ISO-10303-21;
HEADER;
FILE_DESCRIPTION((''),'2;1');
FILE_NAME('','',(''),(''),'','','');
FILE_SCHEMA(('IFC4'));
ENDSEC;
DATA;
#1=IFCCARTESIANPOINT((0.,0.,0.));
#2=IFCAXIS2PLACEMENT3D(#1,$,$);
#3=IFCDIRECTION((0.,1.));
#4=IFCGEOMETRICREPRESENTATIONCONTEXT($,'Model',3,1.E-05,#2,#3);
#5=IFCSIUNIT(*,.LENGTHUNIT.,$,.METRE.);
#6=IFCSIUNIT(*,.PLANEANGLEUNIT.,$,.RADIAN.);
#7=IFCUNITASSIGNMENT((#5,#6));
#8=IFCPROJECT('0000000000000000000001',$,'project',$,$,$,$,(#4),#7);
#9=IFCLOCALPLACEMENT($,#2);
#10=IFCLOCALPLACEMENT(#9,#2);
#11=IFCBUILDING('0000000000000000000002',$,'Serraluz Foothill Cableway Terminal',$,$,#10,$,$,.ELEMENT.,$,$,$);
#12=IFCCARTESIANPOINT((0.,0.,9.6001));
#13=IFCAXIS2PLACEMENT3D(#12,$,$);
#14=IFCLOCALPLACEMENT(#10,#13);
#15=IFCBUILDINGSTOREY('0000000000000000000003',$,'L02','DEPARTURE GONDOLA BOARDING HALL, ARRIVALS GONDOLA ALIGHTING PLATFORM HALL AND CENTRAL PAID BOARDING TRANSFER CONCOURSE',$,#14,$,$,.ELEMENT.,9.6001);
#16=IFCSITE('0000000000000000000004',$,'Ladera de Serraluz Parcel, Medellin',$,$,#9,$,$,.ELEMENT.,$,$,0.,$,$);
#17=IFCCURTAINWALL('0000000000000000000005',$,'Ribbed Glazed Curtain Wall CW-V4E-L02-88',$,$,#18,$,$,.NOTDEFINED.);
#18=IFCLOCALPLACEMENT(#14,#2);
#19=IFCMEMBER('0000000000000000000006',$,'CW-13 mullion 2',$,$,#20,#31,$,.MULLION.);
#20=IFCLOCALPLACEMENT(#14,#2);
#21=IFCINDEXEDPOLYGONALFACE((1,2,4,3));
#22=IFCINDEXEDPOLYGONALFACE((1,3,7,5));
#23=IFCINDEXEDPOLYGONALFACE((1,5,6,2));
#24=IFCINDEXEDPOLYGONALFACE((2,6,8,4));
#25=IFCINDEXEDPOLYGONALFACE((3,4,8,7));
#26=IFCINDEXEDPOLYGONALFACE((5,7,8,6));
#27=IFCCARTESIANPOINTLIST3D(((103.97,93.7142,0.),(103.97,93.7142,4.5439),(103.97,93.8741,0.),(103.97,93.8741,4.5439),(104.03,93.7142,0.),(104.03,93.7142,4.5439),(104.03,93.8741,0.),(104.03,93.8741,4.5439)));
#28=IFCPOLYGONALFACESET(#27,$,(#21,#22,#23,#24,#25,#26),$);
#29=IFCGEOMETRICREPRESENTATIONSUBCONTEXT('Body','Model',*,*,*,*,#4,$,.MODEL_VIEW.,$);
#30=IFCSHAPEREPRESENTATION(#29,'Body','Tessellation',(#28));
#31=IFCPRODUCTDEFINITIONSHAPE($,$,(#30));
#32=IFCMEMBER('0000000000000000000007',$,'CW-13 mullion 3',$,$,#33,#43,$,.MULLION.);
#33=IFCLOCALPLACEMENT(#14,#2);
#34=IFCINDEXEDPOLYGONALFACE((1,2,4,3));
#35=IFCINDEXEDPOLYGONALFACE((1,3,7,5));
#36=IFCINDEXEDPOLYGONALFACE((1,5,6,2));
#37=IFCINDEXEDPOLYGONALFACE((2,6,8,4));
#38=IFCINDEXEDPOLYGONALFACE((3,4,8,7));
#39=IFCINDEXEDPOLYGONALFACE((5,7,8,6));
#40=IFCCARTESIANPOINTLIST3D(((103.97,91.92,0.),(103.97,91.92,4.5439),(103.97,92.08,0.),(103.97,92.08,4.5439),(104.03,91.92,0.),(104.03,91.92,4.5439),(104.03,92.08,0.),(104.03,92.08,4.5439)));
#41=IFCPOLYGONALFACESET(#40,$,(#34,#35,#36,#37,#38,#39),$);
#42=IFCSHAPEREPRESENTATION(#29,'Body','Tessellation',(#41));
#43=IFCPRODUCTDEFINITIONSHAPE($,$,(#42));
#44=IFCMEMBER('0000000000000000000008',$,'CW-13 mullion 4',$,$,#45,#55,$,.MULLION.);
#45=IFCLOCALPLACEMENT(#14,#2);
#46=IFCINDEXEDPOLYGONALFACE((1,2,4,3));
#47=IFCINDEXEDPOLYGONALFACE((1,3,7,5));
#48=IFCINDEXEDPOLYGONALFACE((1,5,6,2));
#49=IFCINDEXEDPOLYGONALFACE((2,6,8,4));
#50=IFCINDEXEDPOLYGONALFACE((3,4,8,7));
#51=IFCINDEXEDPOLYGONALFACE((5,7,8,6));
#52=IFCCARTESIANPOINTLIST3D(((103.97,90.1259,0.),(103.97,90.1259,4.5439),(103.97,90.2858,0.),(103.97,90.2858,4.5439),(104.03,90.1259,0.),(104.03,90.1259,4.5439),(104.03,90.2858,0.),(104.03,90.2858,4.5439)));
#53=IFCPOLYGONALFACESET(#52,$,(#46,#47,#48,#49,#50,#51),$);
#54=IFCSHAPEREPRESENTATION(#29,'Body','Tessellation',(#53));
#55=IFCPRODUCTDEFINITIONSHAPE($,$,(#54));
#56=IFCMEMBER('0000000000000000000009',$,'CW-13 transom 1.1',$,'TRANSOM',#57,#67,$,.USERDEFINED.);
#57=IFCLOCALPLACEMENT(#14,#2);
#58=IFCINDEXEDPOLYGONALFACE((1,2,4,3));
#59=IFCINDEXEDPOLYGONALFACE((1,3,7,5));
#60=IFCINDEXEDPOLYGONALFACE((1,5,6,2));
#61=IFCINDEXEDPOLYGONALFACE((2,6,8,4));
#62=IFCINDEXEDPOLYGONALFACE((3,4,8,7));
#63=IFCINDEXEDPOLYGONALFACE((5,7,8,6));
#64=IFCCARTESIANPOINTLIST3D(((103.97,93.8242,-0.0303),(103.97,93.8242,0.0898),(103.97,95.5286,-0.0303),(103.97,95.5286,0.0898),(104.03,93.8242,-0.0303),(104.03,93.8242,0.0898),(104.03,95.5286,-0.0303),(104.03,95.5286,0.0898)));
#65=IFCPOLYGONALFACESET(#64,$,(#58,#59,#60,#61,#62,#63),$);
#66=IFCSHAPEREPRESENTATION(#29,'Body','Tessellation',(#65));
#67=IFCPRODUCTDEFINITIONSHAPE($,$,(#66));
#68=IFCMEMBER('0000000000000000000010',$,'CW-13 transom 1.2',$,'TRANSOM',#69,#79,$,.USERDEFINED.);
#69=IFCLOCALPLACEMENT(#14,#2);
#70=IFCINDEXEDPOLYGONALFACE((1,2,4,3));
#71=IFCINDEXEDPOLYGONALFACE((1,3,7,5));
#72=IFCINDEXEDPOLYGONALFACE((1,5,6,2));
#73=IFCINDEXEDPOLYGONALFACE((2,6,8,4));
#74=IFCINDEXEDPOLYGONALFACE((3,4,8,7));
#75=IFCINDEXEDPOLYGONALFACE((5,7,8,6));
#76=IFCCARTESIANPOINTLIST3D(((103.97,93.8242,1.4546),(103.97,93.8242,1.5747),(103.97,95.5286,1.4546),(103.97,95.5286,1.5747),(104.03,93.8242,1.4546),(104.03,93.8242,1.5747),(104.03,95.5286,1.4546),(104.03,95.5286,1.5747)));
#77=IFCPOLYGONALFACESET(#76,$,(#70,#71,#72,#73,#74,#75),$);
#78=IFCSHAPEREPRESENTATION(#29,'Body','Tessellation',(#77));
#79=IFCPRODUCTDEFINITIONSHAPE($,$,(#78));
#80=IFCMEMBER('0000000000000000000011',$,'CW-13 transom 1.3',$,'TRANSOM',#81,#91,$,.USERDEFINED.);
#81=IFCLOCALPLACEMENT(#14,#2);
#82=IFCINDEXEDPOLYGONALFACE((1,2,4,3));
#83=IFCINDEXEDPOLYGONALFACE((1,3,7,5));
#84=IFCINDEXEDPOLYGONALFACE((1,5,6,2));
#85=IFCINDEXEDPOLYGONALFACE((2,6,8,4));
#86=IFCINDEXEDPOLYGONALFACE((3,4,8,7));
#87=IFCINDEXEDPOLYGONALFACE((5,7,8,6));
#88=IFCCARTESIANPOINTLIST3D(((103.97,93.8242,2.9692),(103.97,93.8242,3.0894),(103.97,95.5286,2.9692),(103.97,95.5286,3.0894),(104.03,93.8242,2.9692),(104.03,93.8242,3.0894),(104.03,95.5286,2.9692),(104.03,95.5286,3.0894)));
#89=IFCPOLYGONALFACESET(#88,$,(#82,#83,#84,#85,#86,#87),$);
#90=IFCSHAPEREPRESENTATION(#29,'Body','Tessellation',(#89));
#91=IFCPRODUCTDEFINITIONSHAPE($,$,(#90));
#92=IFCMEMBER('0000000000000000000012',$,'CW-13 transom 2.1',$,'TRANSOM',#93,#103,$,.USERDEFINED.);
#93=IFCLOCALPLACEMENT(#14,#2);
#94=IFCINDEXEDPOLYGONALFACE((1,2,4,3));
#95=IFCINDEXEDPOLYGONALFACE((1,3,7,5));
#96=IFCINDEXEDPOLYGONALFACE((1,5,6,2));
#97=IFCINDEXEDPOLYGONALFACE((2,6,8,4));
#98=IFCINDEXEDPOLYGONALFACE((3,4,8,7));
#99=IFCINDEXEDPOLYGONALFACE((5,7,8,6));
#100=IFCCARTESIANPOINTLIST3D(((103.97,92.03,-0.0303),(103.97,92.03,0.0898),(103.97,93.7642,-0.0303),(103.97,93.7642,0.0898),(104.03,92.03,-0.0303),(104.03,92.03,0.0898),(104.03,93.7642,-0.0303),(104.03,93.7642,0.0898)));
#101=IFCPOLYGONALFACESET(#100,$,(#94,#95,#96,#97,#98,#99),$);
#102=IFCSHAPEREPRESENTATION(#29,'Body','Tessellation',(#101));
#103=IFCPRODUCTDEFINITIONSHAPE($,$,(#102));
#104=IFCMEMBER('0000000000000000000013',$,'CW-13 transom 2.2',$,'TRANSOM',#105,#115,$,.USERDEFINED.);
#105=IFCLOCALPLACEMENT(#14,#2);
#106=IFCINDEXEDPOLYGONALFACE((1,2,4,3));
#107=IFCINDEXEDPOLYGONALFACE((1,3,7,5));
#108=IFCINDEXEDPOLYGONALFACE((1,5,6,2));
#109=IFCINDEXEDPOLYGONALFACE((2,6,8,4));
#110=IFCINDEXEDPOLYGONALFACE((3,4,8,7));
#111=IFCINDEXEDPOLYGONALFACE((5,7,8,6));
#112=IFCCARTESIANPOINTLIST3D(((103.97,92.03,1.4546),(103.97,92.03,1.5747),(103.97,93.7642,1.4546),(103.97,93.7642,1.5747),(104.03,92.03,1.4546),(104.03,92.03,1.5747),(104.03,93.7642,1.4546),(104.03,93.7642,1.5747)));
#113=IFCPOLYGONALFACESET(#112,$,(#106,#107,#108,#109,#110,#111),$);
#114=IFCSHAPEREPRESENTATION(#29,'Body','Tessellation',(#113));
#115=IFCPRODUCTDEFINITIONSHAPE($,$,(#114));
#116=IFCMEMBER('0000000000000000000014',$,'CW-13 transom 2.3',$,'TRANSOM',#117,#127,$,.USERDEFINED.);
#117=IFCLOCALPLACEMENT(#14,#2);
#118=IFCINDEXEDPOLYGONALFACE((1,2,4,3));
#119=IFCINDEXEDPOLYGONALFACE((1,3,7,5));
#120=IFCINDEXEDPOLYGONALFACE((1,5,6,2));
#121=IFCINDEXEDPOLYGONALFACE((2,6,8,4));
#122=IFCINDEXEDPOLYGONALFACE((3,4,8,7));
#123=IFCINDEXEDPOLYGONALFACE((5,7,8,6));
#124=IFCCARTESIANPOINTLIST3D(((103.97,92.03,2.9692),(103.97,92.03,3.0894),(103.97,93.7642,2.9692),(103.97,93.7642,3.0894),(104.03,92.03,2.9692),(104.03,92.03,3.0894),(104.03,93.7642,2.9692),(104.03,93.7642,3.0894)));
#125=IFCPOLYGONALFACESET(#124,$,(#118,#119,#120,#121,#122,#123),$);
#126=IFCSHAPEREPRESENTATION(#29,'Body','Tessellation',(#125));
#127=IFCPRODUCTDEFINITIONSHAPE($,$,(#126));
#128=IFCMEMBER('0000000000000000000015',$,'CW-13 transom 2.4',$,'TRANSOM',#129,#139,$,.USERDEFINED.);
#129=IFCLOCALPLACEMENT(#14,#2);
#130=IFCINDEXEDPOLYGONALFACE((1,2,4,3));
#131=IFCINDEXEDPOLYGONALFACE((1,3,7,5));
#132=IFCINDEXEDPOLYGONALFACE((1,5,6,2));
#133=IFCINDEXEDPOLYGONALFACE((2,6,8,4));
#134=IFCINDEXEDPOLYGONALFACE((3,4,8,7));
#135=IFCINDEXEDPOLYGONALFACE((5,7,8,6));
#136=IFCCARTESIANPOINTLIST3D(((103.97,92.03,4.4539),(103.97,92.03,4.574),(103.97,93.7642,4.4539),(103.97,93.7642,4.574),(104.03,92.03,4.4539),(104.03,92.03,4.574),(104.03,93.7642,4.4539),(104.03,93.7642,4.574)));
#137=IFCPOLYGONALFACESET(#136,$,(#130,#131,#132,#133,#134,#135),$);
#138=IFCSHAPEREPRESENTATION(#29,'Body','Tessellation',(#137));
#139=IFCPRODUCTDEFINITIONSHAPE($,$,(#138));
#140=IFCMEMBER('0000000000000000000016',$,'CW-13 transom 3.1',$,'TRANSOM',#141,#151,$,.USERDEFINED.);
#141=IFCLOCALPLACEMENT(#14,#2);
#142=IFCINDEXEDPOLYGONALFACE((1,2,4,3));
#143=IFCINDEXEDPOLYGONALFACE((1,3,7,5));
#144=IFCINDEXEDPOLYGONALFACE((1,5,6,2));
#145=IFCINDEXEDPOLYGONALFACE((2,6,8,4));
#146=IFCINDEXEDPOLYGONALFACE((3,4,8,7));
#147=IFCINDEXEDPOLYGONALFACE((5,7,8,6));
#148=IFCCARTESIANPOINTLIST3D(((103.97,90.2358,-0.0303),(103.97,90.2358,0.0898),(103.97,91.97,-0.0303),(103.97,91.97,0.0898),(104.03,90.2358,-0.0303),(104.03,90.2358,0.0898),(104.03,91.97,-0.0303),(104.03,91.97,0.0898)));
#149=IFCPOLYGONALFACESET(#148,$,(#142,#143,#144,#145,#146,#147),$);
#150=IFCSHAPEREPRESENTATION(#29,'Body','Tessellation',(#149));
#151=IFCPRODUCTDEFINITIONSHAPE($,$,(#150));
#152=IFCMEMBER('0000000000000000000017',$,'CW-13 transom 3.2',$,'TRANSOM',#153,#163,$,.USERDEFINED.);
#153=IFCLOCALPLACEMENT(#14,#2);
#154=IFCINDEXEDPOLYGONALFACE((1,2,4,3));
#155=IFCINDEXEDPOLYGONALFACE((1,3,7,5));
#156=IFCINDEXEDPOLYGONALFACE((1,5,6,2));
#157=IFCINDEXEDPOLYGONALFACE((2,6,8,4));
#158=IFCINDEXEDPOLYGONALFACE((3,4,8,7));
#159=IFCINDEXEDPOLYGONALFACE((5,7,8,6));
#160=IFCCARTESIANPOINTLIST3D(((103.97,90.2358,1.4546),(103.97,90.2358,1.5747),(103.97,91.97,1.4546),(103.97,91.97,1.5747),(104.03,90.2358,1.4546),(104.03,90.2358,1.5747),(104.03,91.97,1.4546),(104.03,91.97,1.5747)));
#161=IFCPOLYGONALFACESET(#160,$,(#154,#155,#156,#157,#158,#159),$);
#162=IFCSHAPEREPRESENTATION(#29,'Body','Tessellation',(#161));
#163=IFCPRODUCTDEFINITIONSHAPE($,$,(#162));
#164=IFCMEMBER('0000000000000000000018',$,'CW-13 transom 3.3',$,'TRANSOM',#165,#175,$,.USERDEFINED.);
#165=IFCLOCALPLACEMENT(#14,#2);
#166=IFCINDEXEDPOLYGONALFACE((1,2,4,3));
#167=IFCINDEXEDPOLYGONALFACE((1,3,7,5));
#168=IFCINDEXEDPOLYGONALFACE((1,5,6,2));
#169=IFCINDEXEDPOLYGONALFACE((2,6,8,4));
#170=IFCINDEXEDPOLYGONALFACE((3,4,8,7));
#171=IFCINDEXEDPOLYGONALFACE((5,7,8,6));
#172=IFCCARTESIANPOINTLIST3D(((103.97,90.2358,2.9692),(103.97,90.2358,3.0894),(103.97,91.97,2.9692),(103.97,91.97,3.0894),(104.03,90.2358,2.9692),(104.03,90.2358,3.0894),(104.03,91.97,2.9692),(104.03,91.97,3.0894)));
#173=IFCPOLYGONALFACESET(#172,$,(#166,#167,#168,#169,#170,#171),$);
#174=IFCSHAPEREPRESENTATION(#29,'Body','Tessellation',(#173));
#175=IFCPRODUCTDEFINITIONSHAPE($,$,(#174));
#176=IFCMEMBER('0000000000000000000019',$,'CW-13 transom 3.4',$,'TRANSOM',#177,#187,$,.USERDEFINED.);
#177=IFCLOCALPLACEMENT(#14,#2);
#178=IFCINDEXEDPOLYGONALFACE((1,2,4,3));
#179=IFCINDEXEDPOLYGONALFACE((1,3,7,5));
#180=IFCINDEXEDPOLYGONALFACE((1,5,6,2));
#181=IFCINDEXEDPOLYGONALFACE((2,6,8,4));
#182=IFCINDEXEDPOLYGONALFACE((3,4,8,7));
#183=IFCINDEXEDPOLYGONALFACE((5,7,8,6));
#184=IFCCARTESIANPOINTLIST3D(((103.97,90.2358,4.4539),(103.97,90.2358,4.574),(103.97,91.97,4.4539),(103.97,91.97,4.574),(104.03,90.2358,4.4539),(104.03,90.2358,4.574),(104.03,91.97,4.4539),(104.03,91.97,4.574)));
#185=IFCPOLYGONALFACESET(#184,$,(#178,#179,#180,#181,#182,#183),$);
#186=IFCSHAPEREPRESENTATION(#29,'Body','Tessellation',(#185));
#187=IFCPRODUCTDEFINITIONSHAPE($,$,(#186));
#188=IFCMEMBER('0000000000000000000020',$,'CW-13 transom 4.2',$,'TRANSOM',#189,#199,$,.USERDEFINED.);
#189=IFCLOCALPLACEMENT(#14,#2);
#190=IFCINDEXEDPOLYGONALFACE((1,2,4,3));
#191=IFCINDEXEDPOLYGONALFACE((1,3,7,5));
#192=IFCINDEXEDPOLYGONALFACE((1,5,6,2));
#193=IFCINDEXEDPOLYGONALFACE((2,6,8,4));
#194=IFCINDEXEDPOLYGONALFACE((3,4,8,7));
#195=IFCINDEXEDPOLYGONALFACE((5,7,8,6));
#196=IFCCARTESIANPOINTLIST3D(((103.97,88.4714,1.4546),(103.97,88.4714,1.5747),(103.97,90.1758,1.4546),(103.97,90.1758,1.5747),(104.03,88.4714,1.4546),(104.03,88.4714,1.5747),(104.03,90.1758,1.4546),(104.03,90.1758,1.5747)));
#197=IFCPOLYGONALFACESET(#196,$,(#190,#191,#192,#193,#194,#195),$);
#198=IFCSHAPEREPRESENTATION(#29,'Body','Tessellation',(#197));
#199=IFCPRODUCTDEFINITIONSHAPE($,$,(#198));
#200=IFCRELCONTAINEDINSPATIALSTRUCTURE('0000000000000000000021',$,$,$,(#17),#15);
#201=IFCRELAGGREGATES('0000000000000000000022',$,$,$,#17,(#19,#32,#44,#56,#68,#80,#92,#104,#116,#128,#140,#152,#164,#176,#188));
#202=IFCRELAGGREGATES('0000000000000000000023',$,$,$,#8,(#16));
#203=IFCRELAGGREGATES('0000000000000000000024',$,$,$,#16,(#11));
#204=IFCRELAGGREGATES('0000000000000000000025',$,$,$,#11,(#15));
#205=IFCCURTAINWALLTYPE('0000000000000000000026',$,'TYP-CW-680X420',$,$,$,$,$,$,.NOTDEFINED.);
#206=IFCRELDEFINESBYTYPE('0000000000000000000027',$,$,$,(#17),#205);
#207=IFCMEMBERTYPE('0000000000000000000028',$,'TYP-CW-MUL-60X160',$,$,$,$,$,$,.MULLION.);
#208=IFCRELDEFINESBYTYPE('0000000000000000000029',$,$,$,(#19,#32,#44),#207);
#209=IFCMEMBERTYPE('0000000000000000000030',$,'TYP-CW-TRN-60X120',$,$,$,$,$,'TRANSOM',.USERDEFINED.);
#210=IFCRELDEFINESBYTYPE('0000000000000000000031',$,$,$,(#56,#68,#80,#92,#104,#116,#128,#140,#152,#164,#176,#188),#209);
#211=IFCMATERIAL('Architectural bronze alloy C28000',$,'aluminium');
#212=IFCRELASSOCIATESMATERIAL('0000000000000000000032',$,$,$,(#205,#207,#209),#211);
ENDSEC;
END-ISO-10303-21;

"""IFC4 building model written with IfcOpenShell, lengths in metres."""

from ifc_helpers import new_model, si_unit, direction, frame, origin, origin_2d, place, context, subcontext, project, spatial, rectangle, extrude, material, material_profile, profile_set, type_object, element, aggregate, save


model = new_model("IFC4")

# Units and contexts
model_context = context("Model", 3, precision=1e-05, world=origin(), true_north=direction((0.0, 1.0)))
body_context = subcontext(model_context, "Body", "Model", "MODEL_VIEW")
ifc_project = project(units=[si_unit("LENGTHUNIT", "METRE"), si_unit("PLANEANGLEUNIT", "RADIAN")], contexts=[model_context])

# Site, building, storey
site_placement = place(None, origin())
site = spatial("IfcSite", under=ifc_project, at=site_placement, Name="Ladera de Serraluz Parcel, Medellin", CompositionType="ELEMENT", RefElevation=0.0)
building_placement = place(site_placement, origin())
building = spatial("IfcBuilding", under=site, at=building_placement, Name="Serraluz Foothill Cableway Terminal", CompositionType="ELEMENT")
storey_placement = place(building_placement, frame((0.0, 0.0, 9.6001)))
storey = spatial("IfcBuildingStorey", under=building, at=storey_placement, Name="L02", Description="DEPARTURE GONDOLA BOARDING HALL, ARRIVALS GONDOLA ALIGHTING PLATFORM HALL AND CENTRAL PAID BOARDING TRANSFER CONCOURSE", CompositionType="ELEMENT", Elevation=9.6001)

# Curtain wall, members
ifc_material_1 = material(Name="Architectural bronze alloy C28000", Category="aluminium")
curtain_wall_type = type_object("IfcCurtainWallType", Name="TYP-CW-680X420", PredefinedType="NOTDEFINED", material=ifc_material_1)
curtain_wall_placement = place(storey_placement, origin())
curtain_wall = element("IfcCurtainWall", 1, at=curtain_wall_placement, inside=storey, type_object=curtain_wall_type, Name="Ribbed Glazed Curtain Wall CW-V4E-L02-88", PredefinedType="NOTDEFINED")
ifc_material_profile_1 = material_profile(ifc_material_1, rectangle(XDim=0.0601, YDim=0.1599, at=origin_2d()), Name="ALU MULLION 60x160")
ifc_profile_set_1 = profile_set([ifc_material_profile_1], Name="Architectural bronze alloy C28000")
member_type_1 = type_object("IfcMemberType", Name="TYP-CW-MUL-60X160", PredefinedType="MULLION", material=ifc_profile_set_1)
member_1_placement = place(storey_placement, frame((104.0, 93.7942, 0.0), z_axis=(0.0, 0.0, 1.0), x_axis=(1.0, 0.0, 0.0)))
member_1 = element("IfcMember", 2, at=member_1_placement, type_object=member_type_1, Name="CW-13 mullion 2", PredefinedType="MULLION", context=body_context, shape_type="SweptSolid", body=[
    extrude(rectangle(XDim=0.0601, YDim=0.1599, at=origin_2d()), origin(), (0.0, 0.0, 1.0), 4.5439),
])
member_2_placement = place(storey_placement, frame((104.0, 92.0, 0.0), z_axis=(0.0, 0.0, 1.0), x_axis=(1.0, 0.0, 0.0)))
member_2 = element("IfcMember", 3, at=member_2_placement, type_object=member_type_1, Name="CW-13 mullion 3", PredefinedType="MULLION", context=body_context, shape_type="SweptSolid", body=[
    extrude(rectangle(XDim=0.0601, YDim=0.1599, at=origin_2d()), origin(), (0.0, 0.0, 1.0), 4.5439),
])
member_3_placement = place(storey_placement, frame((104.0, 90.2058, 0.0), z_axis=(0.0, 0.0, 1.0), x_axis=(1.0, 0.0, 0.0)))
member_3 = element("IfcMember", 4, at=member_3_placement, type_object=member_type_1, Name="CW-13 mullion 4", PredefinedType="MULLION", context=body_context, shape_type="SweptSolid", body=[
    extrude(rectangle(XDim=0.0601, YDim=0.1599, at=origin_2d()), origin(), (0.0, 0.0, 1.0), 4.5439),
])
ifc_material_profile_2 = material_profile(ifc_material_1, rectangle(XDim=0.0601, YDim=0.1201, at=origin_2d()), Name="ALU TRANSOM 60x120")
ifc_profile_set_2 = profile_set([ifc_material_profile_2], Name="Architectural bronze alloy C28000")
member_type_2 = type_object("IfcMemberType", Name="TYP-CW-TRN-60X120", ElementType="TRANSOM", PredefinedType="USERDEFINED", material=ifc_profile_set_2)
member_4_placement = place(storey_placement, frame((104.0, 95.5286, 0.0298), z_axis=(0.0, -1.0, 0.0), x_axis=(1.0, 0.0, 0.0)))
member_4 = element("IfcMember", 5, at=member_4_placement, type_object=member_type_2, Name="CW-13 transom 1.1", ObjectType="TRANSOM", PredefinedType="USERDEFINED", context=body_context, shape_type="SweptSolid", body=[
    extrude(rectangle(XDim=0.0601, YDim=0.1201, at=origin_2d()), origin(), (0.0, 0.0, 1.0), 1.7043),
])
member_5_placement = place(storey_placement, frame((104.0, 95.5286, 1.5146), z_axis=(0.0, -1.0, 0.0), x_axis=(1.0, 0.0, 0.0)))
member_5 = element("IfcMember", 6, at=member_5_placement, type_object=member_type_2, Name="CW-13 transom 1.2", ObjectType="TRANSOM", PredefinedType="USERDEFINED", context=body_context, shape_type="SweptSolid", body=[
    extrude(rectangle(XDim=0.0601, YDim=0.1201, at=origin_2d()), origin(), (0.0, 0.0, 1.0), 1.7043),
])
member_6_placement = place(storey_placement, frame((104.0, 95.5286, 3.0293), z_axis=(0.0, -1.0, 0.0), x_axis=(1.0, 0.0, 0.0)))
member_6 = element("IfcMember", 7, at=member_6_placement, type_object=member_type_2, Name="CW-13 transom 1.3", ObjectType="TRANSOM", PredefinedType="USERDEFINED", context=body_context, shape_type="SweptSolid", body=[
    extrude(rectangle(XDim=0.0601, YDim=0.1201, at=origin_2d()), origin(), (0.0, 0.0, 1.0), 1.7043),
])
member_7_placement = place(storey_placement, frame((104.0, 93.7642, 0.0298), z_axis=(0.0, -1.0, 0.0), x_axis=(1.0, 0.0, 0.0)))
member_7 = element("IfcMember", 8, at=member_7_placement, type_object=member_type_2, Name="CW-13 transom 2.1", ObjectType="TRANSOM", PredefinedType="USERDEFINED", context=body_context, shape_type="SweptSolid", body=[
    extrude(rectangle(XDim=0.0601, YDim=0.1201, at=origin_2d()), origin(), (0.0, 0.0, 1.0), 1.7341),
])
member_8_placement = place(storey_placement, frame((104.0, 93.7642, 1.5146), z_axis=(0.0, -1.0, 0.0), x_axis=(1.0, 0.0, 0.0)))
member_8 = element("IfcMember", 9, at=member_8_placement, type_object=member_type_2, Name="CW-13 transom 2.2", ObjectType="TRANSOM", PredefinedType="USERDEFINED", context=body_context, shape_type="SweptSolid", body=[
    extrude(rectangle(XDim=0.0601, YDim=0.1201, at=origin_2d()), origin(), (0.0, 0.0, 1.0), 1.7341),
])
member_9_placement = place(storey_placement, frame((104.0, 93.7642, 3.0293), z_axis=(0.0, -1.0, 0.0), x_axis=(1.0, 0.0, 0.0)))
member_9 = element("IfcMember", 10, at=member_9_placement, type_object=member_type_2, Name="CW-13 transom 2.3", ObjectType="TRANSOM", PredefinedType="USERDEFINED", context=body_context, shape_type="SweptSolid", body=[
    extrude(rectangle(XDim=0.0601, YDim=0.1201, at=origin_2d()), origin(), (0.0, 0.0, 1.0), 1.7341),
])
member_10_placement = place(storey_placement, frame((104.0, 93.7642, 4.5139), z_axis=(0.0, -1.0, 0.0), x_axis=(1.0, 0.0, 0.0)))
member_10 = element("IfcMember", 11, at=member_10_placement, type_object=member_type_2, Name="CW-13 transom 2.4", ObjectType="TRANSOM", PredefinedType="USERDEFINED", context=body_context, shape_type="SweptSolid", body=[
    extrude(rectangle(XDim=0.0601, YDim=0.1201, at=origin_2d()), origin(), (0.0, 0.0, 1.0), 1.7341),
])
member_11_placement = place(storey_placement, frame((104.0, 91.97, 0.0298), z_axis=(0.0, -1.0, 0.0), x_axis=(1.0, 0.0, 0.0)))
member_11 = element("IfcMember", 12, at=member_11_placement, type_object=member_type_2, Name="CW-13 transom 3.1", ObjectType="TRANSOM", PredefinedType="USERDEFINED", context=body_context, shape_type="SweptSolid", body=[
    extrude(rectangle(XDim=0.0601, YDim=0.1201, at=origin_2d()), origin(), (0.0, 0.0, 1.0), 1.7341),
])
member_12_placement = place(storey_placement, frame((104.0, 91.97, 1.5146), z_axis=(0.0, -1.0, 0.0), x_axis=(1.0, 0.0, 0.0)))
member_12 = element("IfcMember", 13, at=member_12_placement, type_object=member_type_2, Name="CW-13 transom 3.2", ObjectType="TRANSOM", PredefinedType="USERDEFINED", context=body_context, shape_type="SweptSolid", body=[
    extrude(rectangle(XDim=0.0601, YDim=0.1201, at=origin_2d()), origin(), (0.0, 0.0, 1.0), 1.7341),
])
member_13_placement = place(storey_placement, frame((104.0, 91.97, 3.0293), z_axis=(0.0, -1.0, 0.0), x_axis=(1.0, 0.0, 0.0)))
member_13 = element("IfcMember", 14, at=member_13_placement, type_object=member_type_2, Name="CW-13 transom 3.3", ObjectType="TRANSOM", PredefinedType="USERDEFINED", context=body_context, shape_type="SweptSolid", body=[
    extrude(rectangle(XDim=0.0601, YDim=0.1201, at=origin_2d()), origin(), (0.0, 0.0, 1.0), 1.7341),
])
member_14_placement = place(storey_placement, frame((104.0, 91.97, 4.5139), z_axis=(0.0, -1.0, 0.0), x_axis=(1.0, 0.0, 0.0)))
member_14 = element("IfcMember", 15, at=member_14_placement, type_object=member_type_2, Name="CW-13 transom 3.4", ObjectType="TRANSOM", PredefinedType="USERDEFINED", context=body_context, shape_type="SweptSolid", body=[
    extrude(rectangle(XDim=0.0601, YDim=0.1201, at=origin_2d()), origin(), (0.0, 0.0, 1.0), 1.7341),
])
member_15_placement = place(storey_placement, frame((104.0, 90.1758, 1.5146), z_axis=(0.0, -1.0, 0.0), x_axis=(1.0, 0.0, 0.0)))
member_15 = element("IfcMember", 16, at=member_15_placement, type_object=member_type_2, Name="CW-13 transom 4.2", ObjectType="TRANSOM", PredefinedType="USERDEFINED", context=body_context, shape_type="SweptSolid", body=[
    extrude(rectangle(XDim=0.0601, YDim=0.1201, at=origin_2d()), origin(), (0.0, 0.0, 1.0), 1.7043),
])
aggregate(curtain_wall, [member_1, member_2, member_3, member_4, member_5, member_6, member_7, member_8, member_9, member_10, member_11, member_12, member_13, member_14, member_15])

save(model, "model.ifc")
